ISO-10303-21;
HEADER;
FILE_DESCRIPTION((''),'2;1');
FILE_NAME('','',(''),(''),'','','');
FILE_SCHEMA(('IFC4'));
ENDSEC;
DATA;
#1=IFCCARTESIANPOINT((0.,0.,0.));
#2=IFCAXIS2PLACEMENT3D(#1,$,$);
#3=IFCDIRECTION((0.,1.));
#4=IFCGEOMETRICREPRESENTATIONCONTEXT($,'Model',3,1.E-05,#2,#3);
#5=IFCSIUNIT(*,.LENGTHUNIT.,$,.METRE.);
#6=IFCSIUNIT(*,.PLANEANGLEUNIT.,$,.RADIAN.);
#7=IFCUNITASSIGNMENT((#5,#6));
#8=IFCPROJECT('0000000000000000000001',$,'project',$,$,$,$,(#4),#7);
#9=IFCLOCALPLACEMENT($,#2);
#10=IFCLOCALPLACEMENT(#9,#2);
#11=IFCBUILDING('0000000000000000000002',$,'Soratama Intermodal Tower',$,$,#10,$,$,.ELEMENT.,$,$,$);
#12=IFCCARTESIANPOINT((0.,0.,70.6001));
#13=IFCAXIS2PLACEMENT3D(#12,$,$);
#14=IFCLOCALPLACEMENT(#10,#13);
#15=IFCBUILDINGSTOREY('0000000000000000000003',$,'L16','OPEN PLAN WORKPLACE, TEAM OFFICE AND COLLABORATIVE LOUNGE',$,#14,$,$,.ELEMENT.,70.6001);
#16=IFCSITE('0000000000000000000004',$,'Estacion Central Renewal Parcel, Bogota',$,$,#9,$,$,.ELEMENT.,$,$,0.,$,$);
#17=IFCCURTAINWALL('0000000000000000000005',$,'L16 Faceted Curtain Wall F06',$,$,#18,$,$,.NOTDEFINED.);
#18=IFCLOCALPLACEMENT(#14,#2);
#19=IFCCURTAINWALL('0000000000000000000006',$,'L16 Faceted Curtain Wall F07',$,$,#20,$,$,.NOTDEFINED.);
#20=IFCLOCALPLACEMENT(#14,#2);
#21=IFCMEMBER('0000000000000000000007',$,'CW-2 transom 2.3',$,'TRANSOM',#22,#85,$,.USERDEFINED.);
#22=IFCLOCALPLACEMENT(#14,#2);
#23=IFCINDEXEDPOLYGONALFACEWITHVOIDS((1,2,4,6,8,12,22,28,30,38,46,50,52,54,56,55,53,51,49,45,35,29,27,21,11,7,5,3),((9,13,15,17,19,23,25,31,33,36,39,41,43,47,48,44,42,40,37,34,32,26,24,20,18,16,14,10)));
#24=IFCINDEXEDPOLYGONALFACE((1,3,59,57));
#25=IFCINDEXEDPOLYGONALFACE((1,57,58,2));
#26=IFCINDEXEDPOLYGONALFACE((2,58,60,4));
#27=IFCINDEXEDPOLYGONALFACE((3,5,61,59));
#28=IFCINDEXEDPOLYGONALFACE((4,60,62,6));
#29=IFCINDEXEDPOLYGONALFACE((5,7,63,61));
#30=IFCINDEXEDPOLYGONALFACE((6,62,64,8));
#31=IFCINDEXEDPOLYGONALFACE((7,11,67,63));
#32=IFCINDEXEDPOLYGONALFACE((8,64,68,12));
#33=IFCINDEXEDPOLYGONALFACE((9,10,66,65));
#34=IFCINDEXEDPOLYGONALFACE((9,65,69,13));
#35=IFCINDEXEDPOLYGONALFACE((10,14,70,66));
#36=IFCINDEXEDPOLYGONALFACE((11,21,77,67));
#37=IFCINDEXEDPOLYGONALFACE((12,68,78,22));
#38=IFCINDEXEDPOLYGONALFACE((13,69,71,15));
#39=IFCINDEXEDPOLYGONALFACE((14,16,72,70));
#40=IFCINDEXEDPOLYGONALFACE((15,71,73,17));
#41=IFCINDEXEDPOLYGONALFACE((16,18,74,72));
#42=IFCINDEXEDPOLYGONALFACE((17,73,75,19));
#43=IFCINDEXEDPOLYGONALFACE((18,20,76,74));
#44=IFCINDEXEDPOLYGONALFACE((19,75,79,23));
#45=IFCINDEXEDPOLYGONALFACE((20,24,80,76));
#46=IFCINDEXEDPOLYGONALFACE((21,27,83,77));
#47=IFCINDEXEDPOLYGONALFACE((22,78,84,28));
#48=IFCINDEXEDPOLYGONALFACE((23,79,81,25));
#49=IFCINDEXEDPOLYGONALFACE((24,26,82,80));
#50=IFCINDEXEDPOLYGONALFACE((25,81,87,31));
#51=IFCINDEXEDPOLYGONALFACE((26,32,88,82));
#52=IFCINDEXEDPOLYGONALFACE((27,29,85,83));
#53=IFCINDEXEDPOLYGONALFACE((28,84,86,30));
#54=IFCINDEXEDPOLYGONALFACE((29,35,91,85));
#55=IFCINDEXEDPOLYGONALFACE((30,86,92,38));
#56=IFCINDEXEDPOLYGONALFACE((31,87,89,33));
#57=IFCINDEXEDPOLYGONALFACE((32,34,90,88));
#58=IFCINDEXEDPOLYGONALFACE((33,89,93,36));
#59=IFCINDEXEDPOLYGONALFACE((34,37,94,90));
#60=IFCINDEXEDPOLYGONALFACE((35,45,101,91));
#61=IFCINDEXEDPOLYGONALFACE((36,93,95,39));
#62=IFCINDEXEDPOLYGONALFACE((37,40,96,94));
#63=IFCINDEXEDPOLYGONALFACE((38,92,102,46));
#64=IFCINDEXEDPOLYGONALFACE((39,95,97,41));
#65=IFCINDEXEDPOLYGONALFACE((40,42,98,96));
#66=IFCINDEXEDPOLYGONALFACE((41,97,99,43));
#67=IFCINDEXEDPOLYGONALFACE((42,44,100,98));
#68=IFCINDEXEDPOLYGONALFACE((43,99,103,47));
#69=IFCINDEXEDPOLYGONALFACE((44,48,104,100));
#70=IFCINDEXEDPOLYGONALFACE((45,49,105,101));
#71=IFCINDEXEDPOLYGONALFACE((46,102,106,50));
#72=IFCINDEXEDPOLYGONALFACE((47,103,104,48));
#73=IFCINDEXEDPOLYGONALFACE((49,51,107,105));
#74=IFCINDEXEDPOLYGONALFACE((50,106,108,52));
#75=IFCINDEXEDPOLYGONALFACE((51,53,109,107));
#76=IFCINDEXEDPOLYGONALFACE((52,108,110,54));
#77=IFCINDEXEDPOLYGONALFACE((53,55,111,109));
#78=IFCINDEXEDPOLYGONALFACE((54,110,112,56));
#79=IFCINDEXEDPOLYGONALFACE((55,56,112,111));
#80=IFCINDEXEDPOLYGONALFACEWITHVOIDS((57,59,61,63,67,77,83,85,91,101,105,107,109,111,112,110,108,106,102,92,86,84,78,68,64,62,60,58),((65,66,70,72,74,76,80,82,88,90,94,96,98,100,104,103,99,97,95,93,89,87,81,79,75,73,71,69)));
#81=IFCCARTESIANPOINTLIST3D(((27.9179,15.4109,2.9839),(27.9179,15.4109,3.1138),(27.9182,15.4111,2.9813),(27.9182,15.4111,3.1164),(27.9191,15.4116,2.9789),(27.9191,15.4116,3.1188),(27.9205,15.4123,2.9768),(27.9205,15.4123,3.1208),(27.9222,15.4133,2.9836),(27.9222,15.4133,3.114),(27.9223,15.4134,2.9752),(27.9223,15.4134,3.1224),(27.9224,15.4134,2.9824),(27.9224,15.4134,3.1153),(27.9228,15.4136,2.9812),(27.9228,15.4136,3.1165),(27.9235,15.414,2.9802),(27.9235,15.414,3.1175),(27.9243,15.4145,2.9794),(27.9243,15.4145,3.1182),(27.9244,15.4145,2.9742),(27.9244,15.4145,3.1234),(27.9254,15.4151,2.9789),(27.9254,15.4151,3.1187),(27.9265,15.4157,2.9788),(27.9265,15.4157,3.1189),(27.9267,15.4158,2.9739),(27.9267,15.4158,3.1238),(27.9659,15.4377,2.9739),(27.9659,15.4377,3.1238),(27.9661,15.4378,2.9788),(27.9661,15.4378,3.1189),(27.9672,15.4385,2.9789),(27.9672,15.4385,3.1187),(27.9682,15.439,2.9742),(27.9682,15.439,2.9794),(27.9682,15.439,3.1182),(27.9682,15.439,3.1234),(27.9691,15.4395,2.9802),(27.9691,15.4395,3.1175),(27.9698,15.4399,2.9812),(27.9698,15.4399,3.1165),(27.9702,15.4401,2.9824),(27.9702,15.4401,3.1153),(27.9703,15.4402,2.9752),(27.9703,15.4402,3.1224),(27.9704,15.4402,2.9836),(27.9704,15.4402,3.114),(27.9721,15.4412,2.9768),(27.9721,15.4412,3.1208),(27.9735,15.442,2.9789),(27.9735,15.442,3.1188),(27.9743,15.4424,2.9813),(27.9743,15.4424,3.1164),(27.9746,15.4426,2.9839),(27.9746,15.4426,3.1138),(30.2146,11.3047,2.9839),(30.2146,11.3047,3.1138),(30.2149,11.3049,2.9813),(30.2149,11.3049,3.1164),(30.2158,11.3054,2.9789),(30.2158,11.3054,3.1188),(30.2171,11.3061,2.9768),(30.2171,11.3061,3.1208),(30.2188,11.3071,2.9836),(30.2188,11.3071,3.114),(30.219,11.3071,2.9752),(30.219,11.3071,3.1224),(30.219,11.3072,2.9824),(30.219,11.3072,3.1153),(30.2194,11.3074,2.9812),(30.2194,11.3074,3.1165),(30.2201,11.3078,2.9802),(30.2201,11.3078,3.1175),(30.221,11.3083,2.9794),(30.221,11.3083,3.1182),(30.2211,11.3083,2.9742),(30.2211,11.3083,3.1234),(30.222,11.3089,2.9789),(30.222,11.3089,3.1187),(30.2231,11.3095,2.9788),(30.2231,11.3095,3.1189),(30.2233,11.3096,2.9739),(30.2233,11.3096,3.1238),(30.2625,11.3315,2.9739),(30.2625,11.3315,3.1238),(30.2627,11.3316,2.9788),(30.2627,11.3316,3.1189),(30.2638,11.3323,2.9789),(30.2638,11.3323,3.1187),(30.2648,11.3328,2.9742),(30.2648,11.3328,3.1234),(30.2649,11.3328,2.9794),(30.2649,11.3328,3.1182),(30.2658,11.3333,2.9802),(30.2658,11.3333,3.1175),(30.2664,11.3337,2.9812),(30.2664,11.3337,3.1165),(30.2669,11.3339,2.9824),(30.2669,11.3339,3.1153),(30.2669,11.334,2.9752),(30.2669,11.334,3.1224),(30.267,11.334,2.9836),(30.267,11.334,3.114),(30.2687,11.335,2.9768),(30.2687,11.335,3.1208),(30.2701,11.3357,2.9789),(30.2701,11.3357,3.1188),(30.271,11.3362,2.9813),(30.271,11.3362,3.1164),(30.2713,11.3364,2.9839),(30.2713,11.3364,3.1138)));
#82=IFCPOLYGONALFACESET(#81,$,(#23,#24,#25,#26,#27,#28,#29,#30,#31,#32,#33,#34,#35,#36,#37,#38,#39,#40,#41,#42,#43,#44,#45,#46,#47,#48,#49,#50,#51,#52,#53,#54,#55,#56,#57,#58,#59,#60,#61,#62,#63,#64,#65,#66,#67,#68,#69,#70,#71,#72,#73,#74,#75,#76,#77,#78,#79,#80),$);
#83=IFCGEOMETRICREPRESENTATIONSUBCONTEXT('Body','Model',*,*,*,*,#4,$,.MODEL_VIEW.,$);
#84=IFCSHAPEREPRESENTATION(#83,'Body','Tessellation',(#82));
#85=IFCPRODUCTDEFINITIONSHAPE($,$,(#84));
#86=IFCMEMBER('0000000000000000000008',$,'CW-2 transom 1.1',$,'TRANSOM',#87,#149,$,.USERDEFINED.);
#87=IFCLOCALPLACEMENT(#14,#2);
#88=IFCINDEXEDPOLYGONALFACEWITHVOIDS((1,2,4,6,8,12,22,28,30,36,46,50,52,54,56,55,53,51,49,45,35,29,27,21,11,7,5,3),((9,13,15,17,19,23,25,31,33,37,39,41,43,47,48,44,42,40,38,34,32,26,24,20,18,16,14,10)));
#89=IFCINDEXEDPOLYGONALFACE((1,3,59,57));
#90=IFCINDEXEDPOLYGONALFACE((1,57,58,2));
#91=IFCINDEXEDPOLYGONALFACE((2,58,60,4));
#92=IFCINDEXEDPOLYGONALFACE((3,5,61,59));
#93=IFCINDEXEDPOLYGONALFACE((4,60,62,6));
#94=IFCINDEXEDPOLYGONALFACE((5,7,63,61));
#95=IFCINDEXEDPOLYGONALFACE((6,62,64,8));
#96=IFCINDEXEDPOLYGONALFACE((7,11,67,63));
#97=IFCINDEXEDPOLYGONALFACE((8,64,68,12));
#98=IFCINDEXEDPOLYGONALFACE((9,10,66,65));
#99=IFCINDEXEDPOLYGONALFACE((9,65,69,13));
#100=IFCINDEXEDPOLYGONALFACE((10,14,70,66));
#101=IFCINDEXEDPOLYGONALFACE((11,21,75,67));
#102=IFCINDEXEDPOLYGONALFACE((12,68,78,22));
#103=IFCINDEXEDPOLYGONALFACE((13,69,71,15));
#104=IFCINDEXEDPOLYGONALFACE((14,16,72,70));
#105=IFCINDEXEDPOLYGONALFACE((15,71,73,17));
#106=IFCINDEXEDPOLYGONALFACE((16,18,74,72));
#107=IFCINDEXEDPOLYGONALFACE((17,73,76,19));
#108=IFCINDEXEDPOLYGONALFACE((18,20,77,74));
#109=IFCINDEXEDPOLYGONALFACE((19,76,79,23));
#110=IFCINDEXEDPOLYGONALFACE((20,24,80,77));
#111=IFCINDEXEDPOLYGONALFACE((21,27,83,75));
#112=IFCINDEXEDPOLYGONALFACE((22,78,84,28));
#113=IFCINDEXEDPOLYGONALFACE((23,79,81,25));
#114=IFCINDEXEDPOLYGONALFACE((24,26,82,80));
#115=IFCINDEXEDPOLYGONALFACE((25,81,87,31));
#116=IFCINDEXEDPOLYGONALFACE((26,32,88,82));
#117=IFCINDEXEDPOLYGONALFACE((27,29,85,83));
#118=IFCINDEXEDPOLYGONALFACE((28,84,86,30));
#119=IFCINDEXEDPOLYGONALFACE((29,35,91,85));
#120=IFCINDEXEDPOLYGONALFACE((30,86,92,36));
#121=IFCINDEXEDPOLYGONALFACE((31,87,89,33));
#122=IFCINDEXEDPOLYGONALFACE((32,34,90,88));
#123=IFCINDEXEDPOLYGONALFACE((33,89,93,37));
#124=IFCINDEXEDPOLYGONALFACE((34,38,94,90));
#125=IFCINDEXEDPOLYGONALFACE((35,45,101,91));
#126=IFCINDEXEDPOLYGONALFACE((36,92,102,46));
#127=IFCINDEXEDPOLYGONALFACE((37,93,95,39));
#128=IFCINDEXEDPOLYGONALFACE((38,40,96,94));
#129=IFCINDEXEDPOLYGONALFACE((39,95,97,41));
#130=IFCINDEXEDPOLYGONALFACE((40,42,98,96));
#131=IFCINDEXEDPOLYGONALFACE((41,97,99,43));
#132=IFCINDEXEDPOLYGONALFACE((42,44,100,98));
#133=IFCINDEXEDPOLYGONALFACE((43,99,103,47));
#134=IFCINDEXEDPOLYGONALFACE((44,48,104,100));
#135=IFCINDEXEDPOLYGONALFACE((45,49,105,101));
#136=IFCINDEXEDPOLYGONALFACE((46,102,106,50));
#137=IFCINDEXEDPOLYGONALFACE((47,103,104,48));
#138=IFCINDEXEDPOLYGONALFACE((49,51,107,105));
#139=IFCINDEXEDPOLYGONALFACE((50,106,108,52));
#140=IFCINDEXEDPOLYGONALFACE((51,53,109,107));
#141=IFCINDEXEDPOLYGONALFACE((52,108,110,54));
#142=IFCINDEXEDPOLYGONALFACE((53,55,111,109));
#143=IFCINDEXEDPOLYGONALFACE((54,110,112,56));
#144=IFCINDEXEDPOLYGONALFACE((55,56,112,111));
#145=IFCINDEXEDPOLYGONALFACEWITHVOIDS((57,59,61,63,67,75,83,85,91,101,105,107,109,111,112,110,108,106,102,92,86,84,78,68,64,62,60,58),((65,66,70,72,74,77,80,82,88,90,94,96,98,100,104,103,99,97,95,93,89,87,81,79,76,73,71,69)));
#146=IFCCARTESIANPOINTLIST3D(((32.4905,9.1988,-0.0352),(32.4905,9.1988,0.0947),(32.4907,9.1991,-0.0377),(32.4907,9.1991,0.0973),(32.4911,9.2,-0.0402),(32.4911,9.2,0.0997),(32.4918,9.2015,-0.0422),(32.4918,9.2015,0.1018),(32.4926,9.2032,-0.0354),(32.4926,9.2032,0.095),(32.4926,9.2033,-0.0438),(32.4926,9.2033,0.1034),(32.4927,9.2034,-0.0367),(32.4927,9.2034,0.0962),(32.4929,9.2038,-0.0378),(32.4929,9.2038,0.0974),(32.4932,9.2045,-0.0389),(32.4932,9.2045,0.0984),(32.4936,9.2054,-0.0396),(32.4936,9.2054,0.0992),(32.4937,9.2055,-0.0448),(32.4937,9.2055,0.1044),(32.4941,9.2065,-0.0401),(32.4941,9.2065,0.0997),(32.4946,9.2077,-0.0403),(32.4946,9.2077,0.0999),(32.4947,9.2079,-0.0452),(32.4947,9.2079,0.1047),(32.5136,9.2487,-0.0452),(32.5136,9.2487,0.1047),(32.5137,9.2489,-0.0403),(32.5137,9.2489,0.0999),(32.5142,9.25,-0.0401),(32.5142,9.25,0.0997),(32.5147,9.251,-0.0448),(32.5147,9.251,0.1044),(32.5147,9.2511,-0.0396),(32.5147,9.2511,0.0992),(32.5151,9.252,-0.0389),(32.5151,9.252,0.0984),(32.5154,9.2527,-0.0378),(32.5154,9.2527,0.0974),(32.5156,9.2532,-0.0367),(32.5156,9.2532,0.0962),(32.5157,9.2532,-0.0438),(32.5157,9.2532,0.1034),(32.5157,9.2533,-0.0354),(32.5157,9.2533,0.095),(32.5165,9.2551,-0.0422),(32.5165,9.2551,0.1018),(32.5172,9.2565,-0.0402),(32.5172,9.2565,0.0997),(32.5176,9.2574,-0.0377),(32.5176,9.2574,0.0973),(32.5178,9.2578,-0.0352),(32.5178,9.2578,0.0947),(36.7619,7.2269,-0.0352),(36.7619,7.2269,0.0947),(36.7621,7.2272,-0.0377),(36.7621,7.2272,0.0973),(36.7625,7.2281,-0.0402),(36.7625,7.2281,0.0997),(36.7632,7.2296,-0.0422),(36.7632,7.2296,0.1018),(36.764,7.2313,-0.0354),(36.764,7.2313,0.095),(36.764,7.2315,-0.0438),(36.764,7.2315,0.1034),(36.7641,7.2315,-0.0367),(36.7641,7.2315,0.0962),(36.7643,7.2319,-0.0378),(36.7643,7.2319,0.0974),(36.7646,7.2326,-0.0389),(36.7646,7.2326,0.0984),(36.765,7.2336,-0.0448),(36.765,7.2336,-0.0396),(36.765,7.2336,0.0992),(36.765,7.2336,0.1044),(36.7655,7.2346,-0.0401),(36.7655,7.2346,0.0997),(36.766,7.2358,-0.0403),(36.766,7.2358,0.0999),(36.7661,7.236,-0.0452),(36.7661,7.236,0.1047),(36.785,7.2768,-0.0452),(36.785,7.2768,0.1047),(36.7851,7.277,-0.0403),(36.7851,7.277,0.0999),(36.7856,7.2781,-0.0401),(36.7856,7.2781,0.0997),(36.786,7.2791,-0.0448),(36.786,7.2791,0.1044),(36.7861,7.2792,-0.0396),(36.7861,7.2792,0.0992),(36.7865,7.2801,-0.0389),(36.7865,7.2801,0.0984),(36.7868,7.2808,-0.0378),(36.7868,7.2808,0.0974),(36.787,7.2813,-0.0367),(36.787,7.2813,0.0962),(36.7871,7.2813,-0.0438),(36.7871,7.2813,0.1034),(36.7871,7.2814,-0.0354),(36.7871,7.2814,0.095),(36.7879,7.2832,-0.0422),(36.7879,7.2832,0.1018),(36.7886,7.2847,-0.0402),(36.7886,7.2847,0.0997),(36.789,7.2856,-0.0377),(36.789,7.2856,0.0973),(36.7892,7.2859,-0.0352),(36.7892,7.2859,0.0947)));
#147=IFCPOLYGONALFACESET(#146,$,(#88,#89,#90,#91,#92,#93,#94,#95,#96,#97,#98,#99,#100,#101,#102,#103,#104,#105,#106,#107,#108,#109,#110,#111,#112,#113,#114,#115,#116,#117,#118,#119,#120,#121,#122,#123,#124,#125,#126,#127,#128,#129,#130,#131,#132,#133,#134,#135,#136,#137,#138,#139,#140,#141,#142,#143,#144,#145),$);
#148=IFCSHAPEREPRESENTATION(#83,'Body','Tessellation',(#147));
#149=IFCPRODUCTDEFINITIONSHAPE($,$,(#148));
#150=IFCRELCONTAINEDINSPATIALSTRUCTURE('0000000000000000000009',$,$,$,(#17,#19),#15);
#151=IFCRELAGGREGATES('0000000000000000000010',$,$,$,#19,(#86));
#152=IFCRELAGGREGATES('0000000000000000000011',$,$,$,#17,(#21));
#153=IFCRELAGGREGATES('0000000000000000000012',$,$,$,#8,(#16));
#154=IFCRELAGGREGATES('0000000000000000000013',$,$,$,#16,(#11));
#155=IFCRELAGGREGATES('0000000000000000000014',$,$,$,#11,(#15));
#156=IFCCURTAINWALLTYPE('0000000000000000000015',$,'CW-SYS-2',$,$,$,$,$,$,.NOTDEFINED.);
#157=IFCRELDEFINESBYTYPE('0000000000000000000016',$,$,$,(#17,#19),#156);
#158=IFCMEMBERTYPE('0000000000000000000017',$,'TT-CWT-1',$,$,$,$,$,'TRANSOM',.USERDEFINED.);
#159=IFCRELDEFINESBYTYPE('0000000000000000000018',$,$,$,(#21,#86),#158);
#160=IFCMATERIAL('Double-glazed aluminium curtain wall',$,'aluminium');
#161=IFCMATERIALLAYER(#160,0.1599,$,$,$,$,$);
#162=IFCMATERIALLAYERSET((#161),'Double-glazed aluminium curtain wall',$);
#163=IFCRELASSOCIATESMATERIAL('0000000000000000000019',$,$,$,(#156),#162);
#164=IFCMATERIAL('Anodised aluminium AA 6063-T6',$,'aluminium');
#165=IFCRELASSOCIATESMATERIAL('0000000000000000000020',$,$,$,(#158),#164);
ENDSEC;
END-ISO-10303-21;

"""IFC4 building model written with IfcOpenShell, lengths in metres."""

from ifc_helpers import new_model, si_unit, direction, frame, origin, origin_2d, place, context, subcontext, project, spatial, hollow_rectangle, extrude, material, layer, layer_set, material_profile, profile_set, type_object, element, aggregate, save


model = new_model("IFC4")

# Units and contexts
model_context = context("Model", 3, precision=1e-05, world=origin(), true_north=direction((0.0, 1.0)))
body_context = subcontext(model_context, "Body", "Model", "MODEL_VIEW")
ifc_project = project(units=[si_unit("LENGTHUNIT", "METRE"), si_unit("PLANEANGLEUNIT", "RADIAN")], contexts=[model_context])

# Site, building, storey
site_placement = place(None, origin())
site = spatial("IfcSite", under=ifc_project, at=site_placement, Name="Estacion Central Renewal Parcel, Bogota", CompositionType="ELEMENT", RefElevation=0.0)
building_placement = place(site_placement, origin())
building = spatial("IfcBuilding", under=site, at=building_placement, Name="Soratama Intermodal Tower", CompositionType="ELEMENT")
storey_placement = place(building_placement, frame((0.0, 0.0, 70.6001)))
storey = spatial("IfcBuildingStorey", under=building, at=storey_placement, Name="L16", Description="OPEN PLAN WORKPLACE, TEAM OFFICE AND COLLABORATIVE LOUNGE", CompositionType="ELEMENT", Elevation=70.6001)

# Curtain wall
ifc_material_1 = material(Name="Double-glazed aluminium curtain wall", Category="aluminium")
ifc_layer_1 = layer(ifc_material_1, 0.1599)
ifc_layer_set_1 = layer_set([ifc_layer_1], Name="Double-glazed aluminium curtain wall")
curtain_wall_type = type_object("IfcCurtainWallType", Name="CW-SYS-2", PredefinedType="NOTDEFINED", material=ifc_layer_set_1)
curtain_wall_1_placement = place(storey_placement, origin())
curtain_wall_1 = element("IfcCurtainWall", 1, at=curtain_wall_1_placement, inside=storey, type_object=curtain_wall_type, Name="L16 Faceted Curtain Wall F06", PredefinedType="NOTDEFINED")

# Curtain wall
curtain_wall_2_placement = place(storey_placement, origin())
curtain_wall_2 = element("IfcCurtainWall", 2, at=curtain_wall_2_placement, inside=storey, type_object=curtain_wall_type, Name="L16 Faceted Curtain Wall F07", PredefinedType="NOTDEFINED")

# Members
ifc_material_2 = material(Name="Anodised aluminium AA 6063-T6", Category="aluminium")
ifc_material_profile_1 = material_profile(ifc_material_2, hollow_rectangle(XDim=0.0649, YDim=0.1499, WallThickness=0.0049, InnerFilletRadius=0.0049, OuterFilletRadius=0.01, at=origin_2d()), Name="CWT150X65X5")
ifc_profile_set_1 = profile_set([ifc_material_profile_1], Name="Anodised aluminium AA 6063-T6")
member_type_1 = type_object("IfcMemberType", Name="TT-CWT-1", ElementType="TRANSOM", PredefinedType="USERDEFINED", material=ifc_profile_set_1)
member_1_placement = place(storey_placement, frame((27.9463, 15.4268, 3.0488), z_axis=(0.488143, -0.872763, 0.0), x_axis=(0.872763, 0.488143, 0.0)))
member_1 = element("IfcMember", 3, at=member_1_placement, type_object=member_type_1, Name="CW-2 transom 2.3", ObjectType="TRANSOM", PredefinedType="USERDEFINED", context=body_context, shape_type="SweptSolid", body=[
    extrude(hollow_rectangle(XDim=0.0649, YDim=0.1499, WallThickness=0.0049, InnerFilletRadius=0.0049, OuterFilletRadius=0.01, at=origin_2d()), origin(), (0.0, 0.0, 1.0), 4.7048),
])
member_2_placement = place(storey_placement, frame((32.5042, 9.2283, 0.0298), z_axis=(0.907921, -0.41914, 0.0), x_axis=(0.41914, 0.907921, 0.0)))
member_2 = element("IfcMember", 4, at=member_2_placement, type_object=member_type_1, Name="CW-2 transom 1.1", ObjectType="TRANSOM", PredefinedType="USERDEFINED", context=body_context, shape_type="SweptSolid", body=[
    extrude(hollow_rectangle(XDim=0.0649, YDim=0.1499, WallThickness=0.0049, InnerFilletRadius=0.0049, OuterFilletRadius=0.01, at=origin_2d()), origin(), (0.0, 0.0, 1.0), 4.7046),
])
aggregate(curtain_wall_2, [member_2])

aggregate(curtain_wall_1, [member_1])

save(model, "model.ifc")
